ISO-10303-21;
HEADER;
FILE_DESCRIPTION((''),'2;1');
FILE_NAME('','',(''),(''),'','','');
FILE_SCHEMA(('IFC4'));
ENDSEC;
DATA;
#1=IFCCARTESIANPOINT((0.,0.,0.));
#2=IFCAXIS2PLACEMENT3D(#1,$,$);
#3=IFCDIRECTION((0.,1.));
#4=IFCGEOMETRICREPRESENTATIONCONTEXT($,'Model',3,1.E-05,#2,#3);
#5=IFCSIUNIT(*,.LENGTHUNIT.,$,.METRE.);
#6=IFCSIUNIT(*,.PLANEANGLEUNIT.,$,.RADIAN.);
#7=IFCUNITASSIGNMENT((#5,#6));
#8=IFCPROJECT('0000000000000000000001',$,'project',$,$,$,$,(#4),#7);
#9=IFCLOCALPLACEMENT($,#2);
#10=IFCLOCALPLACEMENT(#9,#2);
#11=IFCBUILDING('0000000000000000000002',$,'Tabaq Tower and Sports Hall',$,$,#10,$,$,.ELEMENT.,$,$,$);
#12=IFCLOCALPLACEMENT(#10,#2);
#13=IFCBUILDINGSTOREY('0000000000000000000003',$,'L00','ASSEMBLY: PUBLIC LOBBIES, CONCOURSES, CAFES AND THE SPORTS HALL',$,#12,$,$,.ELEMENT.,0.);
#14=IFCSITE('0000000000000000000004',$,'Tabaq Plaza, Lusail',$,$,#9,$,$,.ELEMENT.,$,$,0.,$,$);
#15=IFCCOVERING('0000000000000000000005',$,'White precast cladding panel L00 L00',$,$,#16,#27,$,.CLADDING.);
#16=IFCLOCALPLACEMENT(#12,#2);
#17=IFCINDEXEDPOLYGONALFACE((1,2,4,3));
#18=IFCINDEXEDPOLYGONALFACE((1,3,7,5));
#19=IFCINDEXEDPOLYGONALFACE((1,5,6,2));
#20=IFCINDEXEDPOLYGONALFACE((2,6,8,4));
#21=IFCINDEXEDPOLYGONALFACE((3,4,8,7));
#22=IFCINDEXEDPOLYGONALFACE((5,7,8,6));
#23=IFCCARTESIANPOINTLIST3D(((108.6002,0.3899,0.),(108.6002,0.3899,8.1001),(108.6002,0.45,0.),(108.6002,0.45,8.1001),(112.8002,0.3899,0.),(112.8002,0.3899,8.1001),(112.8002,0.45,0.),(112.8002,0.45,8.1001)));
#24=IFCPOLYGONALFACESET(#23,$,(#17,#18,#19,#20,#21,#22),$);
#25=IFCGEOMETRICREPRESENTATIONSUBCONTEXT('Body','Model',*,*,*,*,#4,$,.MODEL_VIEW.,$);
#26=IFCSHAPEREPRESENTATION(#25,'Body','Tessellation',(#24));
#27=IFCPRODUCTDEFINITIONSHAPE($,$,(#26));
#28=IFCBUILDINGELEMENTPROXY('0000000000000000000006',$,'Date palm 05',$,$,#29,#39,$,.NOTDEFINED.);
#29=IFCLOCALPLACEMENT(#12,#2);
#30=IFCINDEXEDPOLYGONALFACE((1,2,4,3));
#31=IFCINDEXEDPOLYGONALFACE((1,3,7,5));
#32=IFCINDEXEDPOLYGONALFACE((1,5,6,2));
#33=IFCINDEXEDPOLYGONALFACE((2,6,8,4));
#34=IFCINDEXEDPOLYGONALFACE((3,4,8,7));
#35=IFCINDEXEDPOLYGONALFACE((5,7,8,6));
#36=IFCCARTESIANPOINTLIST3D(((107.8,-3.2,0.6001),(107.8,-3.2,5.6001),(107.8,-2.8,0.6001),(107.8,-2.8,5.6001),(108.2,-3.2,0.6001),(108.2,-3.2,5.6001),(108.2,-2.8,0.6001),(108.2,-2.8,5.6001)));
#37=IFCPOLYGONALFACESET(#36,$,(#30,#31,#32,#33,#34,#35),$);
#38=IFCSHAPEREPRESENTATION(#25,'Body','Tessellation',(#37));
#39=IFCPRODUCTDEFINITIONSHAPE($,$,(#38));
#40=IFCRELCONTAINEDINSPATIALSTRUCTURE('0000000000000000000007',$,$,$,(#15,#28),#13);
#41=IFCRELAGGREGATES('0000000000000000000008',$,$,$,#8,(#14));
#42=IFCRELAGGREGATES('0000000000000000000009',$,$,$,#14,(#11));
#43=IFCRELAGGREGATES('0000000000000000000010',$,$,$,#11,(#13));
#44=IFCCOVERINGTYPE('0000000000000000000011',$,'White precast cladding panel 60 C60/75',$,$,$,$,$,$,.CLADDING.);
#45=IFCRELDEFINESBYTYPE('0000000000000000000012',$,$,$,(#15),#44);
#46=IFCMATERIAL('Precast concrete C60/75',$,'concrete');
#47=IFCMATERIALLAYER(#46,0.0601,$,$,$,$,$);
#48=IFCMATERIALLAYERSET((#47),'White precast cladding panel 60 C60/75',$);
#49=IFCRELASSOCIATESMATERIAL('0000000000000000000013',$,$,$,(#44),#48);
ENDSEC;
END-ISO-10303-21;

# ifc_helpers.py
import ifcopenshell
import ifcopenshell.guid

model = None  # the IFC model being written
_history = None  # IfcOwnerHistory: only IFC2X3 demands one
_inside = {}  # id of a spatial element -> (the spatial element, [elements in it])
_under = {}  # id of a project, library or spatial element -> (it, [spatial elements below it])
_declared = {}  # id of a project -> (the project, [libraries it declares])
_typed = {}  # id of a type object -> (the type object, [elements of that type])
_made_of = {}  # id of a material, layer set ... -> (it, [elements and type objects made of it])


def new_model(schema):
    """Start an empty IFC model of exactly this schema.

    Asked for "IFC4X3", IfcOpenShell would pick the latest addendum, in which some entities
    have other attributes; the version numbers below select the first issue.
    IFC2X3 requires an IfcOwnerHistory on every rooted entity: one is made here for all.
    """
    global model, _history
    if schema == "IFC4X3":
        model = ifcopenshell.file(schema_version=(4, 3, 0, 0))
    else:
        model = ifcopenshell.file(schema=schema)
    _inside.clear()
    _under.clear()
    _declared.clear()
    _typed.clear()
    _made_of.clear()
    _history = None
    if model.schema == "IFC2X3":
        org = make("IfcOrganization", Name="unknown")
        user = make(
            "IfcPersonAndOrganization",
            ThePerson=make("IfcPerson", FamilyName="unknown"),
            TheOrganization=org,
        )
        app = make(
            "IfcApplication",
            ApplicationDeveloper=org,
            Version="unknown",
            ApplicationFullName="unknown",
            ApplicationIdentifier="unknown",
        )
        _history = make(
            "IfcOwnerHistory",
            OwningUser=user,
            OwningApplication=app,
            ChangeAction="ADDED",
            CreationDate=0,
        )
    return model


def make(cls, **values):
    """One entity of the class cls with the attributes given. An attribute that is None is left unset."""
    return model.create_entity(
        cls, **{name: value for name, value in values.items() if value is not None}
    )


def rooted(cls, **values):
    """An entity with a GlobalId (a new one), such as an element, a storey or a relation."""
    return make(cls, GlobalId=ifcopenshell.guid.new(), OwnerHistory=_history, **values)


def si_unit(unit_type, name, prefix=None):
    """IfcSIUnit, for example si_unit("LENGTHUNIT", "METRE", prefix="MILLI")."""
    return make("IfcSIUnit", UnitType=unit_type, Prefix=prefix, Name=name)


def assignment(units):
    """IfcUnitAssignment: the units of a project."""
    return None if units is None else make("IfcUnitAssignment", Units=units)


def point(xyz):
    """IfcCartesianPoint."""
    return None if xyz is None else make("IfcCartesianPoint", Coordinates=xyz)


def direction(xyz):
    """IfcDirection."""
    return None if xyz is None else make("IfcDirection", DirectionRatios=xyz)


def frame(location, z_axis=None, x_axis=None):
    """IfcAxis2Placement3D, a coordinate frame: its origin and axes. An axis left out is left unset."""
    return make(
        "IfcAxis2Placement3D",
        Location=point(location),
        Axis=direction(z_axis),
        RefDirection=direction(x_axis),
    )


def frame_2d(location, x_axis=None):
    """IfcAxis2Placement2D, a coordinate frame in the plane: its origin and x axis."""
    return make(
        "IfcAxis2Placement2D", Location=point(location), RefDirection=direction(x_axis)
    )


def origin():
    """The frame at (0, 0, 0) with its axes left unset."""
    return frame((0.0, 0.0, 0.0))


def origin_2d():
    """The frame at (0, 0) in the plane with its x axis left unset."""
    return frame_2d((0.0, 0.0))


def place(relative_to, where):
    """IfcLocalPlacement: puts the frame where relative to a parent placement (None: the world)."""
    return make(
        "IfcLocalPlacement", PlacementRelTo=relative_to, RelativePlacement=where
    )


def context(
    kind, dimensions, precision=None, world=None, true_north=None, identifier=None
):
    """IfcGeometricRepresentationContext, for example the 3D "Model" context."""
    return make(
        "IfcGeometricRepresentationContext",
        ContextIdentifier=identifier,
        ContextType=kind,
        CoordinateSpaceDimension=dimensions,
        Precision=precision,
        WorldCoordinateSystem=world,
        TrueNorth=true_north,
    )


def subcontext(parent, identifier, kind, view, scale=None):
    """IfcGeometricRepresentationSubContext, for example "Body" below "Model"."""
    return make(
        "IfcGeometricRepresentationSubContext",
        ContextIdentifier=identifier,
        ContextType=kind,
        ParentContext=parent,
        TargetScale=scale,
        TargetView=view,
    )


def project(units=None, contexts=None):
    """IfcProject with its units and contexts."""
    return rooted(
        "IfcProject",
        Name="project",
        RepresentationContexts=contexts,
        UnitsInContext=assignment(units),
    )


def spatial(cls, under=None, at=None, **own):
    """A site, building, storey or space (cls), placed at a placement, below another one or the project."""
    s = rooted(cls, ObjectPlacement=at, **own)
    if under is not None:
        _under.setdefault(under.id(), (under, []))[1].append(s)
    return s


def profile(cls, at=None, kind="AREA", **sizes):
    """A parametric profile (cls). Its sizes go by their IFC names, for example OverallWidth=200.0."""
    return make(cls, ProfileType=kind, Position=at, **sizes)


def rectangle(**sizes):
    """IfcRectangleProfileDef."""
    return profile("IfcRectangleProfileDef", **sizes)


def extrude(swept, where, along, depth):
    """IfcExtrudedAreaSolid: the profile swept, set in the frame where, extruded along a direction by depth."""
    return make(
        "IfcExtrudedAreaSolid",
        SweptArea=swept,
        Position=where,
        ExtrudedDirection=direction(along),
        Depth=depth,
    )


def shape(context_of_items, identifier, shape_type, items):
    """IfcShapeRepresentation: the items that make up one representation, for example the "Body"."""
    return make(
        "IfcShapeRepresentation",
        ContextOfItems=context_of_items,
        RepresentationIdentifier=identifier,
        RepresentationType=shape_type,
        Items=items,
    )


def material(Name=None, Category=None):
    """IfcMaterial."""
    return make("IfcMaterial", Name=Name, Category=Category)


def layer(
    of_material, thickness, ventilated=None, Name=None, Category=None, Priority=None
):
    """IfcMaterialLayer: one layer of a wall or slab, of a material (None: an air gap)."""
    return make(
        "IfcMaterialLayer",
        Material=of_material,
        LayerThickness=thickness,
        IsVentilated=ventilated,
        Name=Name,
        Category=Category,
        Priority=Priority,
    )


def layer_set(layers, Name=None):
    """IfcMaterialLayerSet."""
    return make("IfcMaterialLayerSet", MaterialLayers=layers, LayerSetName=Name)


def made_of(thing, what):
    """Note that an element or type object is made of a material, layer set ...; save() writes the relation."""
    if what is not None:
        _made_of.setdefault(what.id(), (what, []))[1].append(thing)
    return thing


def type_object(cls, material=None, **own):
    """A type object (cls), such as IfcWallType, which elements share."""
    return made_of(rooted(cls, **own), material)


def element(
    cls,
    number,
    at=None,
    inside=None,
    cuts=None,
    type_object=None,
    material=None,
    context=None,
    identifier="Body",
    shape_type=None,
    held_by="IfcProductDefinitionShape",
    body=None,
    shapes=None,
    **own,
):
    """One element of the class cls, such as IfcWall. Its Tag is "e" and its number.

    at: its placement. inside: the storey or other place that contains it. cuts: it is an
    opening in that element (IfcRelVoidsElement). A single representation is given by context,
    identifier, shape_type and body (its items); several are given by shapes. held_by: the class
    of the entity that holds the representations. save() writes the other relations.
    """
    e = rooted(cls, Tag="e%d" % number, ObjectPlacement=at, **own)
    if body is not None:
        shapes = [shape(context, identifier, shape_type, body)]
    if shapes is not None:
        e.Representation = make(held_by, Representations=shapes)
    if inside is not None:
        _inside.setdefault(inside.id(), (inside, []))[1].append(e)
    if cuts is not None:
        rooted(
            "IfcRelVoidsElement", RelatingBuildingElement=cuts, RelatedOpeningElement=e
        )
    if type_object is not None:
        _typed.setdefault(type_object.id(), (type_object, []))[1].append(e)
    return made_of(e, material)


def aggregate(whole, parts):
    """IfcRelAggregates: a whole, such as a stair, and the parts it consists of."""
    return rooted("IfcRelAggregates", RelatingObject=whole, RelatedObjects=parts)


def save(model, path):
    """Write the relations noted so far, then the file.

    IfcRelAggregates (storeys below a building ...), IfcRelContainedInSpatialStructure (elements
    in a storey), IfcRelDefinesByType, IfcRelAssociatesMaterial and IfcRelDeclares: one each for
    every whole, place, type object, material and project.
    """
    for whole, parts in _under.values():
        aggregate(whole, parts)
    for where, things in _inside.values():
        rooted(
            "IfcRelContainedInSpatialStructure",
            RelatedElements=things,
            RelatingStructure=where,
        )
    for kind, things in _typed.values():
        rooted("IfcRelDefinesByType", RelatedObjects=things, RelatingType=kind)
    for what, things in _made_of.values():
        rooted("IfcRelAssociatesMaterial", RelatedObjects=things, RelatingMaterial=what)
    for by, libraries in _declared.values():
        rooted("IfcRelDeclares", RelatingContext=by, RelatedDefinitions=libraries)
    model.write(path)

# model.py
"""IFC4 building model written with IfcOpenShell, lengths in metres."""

from ifc_helpers import new_model, si_unit, direction, frame, frame_2d, origin, origin_2d, place, context, subcontext, project, spatial, rectangle, extrude, material, layer, layer_set, type_object, element, save


model = new_model("IFC4")

# Units and contexts
model_context = context("Model", 3, precision=1e-05, world=origin(), true_north=direction((0.0, 1.0)))
body_context = subcontext(model_context, "Body", "Model", "MODEL_VIEW")
ifc_project = project(units=[si_unit("LENGTHUNIT", "METRE"), si_unit("PLANEANGLEUNIT", "RADIAN")], contexts=[model_context])

# Site, building, storey
site_placement = place(None, origin())
site = spatial("IfcSite", under=ifc_project, at=site_placement, Name="Tabaq Plaza, Lusail", CompositionType="ELEMENT", RefElevation=0.0)
building_placement = place(site_placement, origin())
building = spatial("IfcBuilding", under=site, at=building_placement, Name="Tabaq Tower and Sports Hall", CompositionType="ELEMENT")
storey_placement = place(building_placement, origin())
storey = spatial("IfcBuildingStorey", under=building, at=storey_placement, Name="L00", Description="ASSEMBLY: PUBLIC LOBBIES, CONCOURSES, CAFES AND THE SPORTS HALL", CompositionType="ELEMENT", Elevation=0.0)

# Covering
ifc_material_1 = material(Name="Precast concrete C60/75", Category="concrete")
ifc_layer_1 = layer(ifc_material_1, 0.0601)
ifc_layer_set_1 = layer_set([ifc_layer_1], Name="White precast cladding panel 60 C60/75")
covering_type = type_object("IfcCoveringType", Name="White precast cladding panel 60 C60/75", PredefinedType="CLADDING", material=ifc_layer_set_1)
covering_1_placement = place(storey_placement, frame((108.6001, 0.4199, 0.0), z_axis=(0.0, 0.0, 1.0), x_axis=(1.0, 0.0, 0.0)))
element("IfcCovering", 1, at=covering_1_placement, inside=storey, type_object=covering_type, Name="White precast cladding panel L00 L00", PredefinedType="CLADDING", context=body_context, shape_type="SweptSolid", body=[
    extrude(rectangle(XDim=4.2, YDim=0.0601, at=frame_2d((2.1001, 0.0))), origin(), (0.0, 0.0, 1.0), 8.1001),
])

# Building element proxy
proxy_placement = place(storey_placement, frame((108.0, -3.0, 0.6001), z_axis=(0.0, 0.0, 1.0), x_axis=(1.0, 0.0, 0.0)))
element("IfcBuildingElementProxy", 2, at=proxy_placement, inside=storey, Name="Date palm 05", PredefinedType="NOTDEFINED", context=body_context, shape_type="SweptSolid", body=[
    extrude(rectangle(XDim=0.3999, YDim=0.3999, at=origin_2d()), origin(), (0.0, 0.0, 1.0), 5.0),
])

save(model, "model.ifc")
